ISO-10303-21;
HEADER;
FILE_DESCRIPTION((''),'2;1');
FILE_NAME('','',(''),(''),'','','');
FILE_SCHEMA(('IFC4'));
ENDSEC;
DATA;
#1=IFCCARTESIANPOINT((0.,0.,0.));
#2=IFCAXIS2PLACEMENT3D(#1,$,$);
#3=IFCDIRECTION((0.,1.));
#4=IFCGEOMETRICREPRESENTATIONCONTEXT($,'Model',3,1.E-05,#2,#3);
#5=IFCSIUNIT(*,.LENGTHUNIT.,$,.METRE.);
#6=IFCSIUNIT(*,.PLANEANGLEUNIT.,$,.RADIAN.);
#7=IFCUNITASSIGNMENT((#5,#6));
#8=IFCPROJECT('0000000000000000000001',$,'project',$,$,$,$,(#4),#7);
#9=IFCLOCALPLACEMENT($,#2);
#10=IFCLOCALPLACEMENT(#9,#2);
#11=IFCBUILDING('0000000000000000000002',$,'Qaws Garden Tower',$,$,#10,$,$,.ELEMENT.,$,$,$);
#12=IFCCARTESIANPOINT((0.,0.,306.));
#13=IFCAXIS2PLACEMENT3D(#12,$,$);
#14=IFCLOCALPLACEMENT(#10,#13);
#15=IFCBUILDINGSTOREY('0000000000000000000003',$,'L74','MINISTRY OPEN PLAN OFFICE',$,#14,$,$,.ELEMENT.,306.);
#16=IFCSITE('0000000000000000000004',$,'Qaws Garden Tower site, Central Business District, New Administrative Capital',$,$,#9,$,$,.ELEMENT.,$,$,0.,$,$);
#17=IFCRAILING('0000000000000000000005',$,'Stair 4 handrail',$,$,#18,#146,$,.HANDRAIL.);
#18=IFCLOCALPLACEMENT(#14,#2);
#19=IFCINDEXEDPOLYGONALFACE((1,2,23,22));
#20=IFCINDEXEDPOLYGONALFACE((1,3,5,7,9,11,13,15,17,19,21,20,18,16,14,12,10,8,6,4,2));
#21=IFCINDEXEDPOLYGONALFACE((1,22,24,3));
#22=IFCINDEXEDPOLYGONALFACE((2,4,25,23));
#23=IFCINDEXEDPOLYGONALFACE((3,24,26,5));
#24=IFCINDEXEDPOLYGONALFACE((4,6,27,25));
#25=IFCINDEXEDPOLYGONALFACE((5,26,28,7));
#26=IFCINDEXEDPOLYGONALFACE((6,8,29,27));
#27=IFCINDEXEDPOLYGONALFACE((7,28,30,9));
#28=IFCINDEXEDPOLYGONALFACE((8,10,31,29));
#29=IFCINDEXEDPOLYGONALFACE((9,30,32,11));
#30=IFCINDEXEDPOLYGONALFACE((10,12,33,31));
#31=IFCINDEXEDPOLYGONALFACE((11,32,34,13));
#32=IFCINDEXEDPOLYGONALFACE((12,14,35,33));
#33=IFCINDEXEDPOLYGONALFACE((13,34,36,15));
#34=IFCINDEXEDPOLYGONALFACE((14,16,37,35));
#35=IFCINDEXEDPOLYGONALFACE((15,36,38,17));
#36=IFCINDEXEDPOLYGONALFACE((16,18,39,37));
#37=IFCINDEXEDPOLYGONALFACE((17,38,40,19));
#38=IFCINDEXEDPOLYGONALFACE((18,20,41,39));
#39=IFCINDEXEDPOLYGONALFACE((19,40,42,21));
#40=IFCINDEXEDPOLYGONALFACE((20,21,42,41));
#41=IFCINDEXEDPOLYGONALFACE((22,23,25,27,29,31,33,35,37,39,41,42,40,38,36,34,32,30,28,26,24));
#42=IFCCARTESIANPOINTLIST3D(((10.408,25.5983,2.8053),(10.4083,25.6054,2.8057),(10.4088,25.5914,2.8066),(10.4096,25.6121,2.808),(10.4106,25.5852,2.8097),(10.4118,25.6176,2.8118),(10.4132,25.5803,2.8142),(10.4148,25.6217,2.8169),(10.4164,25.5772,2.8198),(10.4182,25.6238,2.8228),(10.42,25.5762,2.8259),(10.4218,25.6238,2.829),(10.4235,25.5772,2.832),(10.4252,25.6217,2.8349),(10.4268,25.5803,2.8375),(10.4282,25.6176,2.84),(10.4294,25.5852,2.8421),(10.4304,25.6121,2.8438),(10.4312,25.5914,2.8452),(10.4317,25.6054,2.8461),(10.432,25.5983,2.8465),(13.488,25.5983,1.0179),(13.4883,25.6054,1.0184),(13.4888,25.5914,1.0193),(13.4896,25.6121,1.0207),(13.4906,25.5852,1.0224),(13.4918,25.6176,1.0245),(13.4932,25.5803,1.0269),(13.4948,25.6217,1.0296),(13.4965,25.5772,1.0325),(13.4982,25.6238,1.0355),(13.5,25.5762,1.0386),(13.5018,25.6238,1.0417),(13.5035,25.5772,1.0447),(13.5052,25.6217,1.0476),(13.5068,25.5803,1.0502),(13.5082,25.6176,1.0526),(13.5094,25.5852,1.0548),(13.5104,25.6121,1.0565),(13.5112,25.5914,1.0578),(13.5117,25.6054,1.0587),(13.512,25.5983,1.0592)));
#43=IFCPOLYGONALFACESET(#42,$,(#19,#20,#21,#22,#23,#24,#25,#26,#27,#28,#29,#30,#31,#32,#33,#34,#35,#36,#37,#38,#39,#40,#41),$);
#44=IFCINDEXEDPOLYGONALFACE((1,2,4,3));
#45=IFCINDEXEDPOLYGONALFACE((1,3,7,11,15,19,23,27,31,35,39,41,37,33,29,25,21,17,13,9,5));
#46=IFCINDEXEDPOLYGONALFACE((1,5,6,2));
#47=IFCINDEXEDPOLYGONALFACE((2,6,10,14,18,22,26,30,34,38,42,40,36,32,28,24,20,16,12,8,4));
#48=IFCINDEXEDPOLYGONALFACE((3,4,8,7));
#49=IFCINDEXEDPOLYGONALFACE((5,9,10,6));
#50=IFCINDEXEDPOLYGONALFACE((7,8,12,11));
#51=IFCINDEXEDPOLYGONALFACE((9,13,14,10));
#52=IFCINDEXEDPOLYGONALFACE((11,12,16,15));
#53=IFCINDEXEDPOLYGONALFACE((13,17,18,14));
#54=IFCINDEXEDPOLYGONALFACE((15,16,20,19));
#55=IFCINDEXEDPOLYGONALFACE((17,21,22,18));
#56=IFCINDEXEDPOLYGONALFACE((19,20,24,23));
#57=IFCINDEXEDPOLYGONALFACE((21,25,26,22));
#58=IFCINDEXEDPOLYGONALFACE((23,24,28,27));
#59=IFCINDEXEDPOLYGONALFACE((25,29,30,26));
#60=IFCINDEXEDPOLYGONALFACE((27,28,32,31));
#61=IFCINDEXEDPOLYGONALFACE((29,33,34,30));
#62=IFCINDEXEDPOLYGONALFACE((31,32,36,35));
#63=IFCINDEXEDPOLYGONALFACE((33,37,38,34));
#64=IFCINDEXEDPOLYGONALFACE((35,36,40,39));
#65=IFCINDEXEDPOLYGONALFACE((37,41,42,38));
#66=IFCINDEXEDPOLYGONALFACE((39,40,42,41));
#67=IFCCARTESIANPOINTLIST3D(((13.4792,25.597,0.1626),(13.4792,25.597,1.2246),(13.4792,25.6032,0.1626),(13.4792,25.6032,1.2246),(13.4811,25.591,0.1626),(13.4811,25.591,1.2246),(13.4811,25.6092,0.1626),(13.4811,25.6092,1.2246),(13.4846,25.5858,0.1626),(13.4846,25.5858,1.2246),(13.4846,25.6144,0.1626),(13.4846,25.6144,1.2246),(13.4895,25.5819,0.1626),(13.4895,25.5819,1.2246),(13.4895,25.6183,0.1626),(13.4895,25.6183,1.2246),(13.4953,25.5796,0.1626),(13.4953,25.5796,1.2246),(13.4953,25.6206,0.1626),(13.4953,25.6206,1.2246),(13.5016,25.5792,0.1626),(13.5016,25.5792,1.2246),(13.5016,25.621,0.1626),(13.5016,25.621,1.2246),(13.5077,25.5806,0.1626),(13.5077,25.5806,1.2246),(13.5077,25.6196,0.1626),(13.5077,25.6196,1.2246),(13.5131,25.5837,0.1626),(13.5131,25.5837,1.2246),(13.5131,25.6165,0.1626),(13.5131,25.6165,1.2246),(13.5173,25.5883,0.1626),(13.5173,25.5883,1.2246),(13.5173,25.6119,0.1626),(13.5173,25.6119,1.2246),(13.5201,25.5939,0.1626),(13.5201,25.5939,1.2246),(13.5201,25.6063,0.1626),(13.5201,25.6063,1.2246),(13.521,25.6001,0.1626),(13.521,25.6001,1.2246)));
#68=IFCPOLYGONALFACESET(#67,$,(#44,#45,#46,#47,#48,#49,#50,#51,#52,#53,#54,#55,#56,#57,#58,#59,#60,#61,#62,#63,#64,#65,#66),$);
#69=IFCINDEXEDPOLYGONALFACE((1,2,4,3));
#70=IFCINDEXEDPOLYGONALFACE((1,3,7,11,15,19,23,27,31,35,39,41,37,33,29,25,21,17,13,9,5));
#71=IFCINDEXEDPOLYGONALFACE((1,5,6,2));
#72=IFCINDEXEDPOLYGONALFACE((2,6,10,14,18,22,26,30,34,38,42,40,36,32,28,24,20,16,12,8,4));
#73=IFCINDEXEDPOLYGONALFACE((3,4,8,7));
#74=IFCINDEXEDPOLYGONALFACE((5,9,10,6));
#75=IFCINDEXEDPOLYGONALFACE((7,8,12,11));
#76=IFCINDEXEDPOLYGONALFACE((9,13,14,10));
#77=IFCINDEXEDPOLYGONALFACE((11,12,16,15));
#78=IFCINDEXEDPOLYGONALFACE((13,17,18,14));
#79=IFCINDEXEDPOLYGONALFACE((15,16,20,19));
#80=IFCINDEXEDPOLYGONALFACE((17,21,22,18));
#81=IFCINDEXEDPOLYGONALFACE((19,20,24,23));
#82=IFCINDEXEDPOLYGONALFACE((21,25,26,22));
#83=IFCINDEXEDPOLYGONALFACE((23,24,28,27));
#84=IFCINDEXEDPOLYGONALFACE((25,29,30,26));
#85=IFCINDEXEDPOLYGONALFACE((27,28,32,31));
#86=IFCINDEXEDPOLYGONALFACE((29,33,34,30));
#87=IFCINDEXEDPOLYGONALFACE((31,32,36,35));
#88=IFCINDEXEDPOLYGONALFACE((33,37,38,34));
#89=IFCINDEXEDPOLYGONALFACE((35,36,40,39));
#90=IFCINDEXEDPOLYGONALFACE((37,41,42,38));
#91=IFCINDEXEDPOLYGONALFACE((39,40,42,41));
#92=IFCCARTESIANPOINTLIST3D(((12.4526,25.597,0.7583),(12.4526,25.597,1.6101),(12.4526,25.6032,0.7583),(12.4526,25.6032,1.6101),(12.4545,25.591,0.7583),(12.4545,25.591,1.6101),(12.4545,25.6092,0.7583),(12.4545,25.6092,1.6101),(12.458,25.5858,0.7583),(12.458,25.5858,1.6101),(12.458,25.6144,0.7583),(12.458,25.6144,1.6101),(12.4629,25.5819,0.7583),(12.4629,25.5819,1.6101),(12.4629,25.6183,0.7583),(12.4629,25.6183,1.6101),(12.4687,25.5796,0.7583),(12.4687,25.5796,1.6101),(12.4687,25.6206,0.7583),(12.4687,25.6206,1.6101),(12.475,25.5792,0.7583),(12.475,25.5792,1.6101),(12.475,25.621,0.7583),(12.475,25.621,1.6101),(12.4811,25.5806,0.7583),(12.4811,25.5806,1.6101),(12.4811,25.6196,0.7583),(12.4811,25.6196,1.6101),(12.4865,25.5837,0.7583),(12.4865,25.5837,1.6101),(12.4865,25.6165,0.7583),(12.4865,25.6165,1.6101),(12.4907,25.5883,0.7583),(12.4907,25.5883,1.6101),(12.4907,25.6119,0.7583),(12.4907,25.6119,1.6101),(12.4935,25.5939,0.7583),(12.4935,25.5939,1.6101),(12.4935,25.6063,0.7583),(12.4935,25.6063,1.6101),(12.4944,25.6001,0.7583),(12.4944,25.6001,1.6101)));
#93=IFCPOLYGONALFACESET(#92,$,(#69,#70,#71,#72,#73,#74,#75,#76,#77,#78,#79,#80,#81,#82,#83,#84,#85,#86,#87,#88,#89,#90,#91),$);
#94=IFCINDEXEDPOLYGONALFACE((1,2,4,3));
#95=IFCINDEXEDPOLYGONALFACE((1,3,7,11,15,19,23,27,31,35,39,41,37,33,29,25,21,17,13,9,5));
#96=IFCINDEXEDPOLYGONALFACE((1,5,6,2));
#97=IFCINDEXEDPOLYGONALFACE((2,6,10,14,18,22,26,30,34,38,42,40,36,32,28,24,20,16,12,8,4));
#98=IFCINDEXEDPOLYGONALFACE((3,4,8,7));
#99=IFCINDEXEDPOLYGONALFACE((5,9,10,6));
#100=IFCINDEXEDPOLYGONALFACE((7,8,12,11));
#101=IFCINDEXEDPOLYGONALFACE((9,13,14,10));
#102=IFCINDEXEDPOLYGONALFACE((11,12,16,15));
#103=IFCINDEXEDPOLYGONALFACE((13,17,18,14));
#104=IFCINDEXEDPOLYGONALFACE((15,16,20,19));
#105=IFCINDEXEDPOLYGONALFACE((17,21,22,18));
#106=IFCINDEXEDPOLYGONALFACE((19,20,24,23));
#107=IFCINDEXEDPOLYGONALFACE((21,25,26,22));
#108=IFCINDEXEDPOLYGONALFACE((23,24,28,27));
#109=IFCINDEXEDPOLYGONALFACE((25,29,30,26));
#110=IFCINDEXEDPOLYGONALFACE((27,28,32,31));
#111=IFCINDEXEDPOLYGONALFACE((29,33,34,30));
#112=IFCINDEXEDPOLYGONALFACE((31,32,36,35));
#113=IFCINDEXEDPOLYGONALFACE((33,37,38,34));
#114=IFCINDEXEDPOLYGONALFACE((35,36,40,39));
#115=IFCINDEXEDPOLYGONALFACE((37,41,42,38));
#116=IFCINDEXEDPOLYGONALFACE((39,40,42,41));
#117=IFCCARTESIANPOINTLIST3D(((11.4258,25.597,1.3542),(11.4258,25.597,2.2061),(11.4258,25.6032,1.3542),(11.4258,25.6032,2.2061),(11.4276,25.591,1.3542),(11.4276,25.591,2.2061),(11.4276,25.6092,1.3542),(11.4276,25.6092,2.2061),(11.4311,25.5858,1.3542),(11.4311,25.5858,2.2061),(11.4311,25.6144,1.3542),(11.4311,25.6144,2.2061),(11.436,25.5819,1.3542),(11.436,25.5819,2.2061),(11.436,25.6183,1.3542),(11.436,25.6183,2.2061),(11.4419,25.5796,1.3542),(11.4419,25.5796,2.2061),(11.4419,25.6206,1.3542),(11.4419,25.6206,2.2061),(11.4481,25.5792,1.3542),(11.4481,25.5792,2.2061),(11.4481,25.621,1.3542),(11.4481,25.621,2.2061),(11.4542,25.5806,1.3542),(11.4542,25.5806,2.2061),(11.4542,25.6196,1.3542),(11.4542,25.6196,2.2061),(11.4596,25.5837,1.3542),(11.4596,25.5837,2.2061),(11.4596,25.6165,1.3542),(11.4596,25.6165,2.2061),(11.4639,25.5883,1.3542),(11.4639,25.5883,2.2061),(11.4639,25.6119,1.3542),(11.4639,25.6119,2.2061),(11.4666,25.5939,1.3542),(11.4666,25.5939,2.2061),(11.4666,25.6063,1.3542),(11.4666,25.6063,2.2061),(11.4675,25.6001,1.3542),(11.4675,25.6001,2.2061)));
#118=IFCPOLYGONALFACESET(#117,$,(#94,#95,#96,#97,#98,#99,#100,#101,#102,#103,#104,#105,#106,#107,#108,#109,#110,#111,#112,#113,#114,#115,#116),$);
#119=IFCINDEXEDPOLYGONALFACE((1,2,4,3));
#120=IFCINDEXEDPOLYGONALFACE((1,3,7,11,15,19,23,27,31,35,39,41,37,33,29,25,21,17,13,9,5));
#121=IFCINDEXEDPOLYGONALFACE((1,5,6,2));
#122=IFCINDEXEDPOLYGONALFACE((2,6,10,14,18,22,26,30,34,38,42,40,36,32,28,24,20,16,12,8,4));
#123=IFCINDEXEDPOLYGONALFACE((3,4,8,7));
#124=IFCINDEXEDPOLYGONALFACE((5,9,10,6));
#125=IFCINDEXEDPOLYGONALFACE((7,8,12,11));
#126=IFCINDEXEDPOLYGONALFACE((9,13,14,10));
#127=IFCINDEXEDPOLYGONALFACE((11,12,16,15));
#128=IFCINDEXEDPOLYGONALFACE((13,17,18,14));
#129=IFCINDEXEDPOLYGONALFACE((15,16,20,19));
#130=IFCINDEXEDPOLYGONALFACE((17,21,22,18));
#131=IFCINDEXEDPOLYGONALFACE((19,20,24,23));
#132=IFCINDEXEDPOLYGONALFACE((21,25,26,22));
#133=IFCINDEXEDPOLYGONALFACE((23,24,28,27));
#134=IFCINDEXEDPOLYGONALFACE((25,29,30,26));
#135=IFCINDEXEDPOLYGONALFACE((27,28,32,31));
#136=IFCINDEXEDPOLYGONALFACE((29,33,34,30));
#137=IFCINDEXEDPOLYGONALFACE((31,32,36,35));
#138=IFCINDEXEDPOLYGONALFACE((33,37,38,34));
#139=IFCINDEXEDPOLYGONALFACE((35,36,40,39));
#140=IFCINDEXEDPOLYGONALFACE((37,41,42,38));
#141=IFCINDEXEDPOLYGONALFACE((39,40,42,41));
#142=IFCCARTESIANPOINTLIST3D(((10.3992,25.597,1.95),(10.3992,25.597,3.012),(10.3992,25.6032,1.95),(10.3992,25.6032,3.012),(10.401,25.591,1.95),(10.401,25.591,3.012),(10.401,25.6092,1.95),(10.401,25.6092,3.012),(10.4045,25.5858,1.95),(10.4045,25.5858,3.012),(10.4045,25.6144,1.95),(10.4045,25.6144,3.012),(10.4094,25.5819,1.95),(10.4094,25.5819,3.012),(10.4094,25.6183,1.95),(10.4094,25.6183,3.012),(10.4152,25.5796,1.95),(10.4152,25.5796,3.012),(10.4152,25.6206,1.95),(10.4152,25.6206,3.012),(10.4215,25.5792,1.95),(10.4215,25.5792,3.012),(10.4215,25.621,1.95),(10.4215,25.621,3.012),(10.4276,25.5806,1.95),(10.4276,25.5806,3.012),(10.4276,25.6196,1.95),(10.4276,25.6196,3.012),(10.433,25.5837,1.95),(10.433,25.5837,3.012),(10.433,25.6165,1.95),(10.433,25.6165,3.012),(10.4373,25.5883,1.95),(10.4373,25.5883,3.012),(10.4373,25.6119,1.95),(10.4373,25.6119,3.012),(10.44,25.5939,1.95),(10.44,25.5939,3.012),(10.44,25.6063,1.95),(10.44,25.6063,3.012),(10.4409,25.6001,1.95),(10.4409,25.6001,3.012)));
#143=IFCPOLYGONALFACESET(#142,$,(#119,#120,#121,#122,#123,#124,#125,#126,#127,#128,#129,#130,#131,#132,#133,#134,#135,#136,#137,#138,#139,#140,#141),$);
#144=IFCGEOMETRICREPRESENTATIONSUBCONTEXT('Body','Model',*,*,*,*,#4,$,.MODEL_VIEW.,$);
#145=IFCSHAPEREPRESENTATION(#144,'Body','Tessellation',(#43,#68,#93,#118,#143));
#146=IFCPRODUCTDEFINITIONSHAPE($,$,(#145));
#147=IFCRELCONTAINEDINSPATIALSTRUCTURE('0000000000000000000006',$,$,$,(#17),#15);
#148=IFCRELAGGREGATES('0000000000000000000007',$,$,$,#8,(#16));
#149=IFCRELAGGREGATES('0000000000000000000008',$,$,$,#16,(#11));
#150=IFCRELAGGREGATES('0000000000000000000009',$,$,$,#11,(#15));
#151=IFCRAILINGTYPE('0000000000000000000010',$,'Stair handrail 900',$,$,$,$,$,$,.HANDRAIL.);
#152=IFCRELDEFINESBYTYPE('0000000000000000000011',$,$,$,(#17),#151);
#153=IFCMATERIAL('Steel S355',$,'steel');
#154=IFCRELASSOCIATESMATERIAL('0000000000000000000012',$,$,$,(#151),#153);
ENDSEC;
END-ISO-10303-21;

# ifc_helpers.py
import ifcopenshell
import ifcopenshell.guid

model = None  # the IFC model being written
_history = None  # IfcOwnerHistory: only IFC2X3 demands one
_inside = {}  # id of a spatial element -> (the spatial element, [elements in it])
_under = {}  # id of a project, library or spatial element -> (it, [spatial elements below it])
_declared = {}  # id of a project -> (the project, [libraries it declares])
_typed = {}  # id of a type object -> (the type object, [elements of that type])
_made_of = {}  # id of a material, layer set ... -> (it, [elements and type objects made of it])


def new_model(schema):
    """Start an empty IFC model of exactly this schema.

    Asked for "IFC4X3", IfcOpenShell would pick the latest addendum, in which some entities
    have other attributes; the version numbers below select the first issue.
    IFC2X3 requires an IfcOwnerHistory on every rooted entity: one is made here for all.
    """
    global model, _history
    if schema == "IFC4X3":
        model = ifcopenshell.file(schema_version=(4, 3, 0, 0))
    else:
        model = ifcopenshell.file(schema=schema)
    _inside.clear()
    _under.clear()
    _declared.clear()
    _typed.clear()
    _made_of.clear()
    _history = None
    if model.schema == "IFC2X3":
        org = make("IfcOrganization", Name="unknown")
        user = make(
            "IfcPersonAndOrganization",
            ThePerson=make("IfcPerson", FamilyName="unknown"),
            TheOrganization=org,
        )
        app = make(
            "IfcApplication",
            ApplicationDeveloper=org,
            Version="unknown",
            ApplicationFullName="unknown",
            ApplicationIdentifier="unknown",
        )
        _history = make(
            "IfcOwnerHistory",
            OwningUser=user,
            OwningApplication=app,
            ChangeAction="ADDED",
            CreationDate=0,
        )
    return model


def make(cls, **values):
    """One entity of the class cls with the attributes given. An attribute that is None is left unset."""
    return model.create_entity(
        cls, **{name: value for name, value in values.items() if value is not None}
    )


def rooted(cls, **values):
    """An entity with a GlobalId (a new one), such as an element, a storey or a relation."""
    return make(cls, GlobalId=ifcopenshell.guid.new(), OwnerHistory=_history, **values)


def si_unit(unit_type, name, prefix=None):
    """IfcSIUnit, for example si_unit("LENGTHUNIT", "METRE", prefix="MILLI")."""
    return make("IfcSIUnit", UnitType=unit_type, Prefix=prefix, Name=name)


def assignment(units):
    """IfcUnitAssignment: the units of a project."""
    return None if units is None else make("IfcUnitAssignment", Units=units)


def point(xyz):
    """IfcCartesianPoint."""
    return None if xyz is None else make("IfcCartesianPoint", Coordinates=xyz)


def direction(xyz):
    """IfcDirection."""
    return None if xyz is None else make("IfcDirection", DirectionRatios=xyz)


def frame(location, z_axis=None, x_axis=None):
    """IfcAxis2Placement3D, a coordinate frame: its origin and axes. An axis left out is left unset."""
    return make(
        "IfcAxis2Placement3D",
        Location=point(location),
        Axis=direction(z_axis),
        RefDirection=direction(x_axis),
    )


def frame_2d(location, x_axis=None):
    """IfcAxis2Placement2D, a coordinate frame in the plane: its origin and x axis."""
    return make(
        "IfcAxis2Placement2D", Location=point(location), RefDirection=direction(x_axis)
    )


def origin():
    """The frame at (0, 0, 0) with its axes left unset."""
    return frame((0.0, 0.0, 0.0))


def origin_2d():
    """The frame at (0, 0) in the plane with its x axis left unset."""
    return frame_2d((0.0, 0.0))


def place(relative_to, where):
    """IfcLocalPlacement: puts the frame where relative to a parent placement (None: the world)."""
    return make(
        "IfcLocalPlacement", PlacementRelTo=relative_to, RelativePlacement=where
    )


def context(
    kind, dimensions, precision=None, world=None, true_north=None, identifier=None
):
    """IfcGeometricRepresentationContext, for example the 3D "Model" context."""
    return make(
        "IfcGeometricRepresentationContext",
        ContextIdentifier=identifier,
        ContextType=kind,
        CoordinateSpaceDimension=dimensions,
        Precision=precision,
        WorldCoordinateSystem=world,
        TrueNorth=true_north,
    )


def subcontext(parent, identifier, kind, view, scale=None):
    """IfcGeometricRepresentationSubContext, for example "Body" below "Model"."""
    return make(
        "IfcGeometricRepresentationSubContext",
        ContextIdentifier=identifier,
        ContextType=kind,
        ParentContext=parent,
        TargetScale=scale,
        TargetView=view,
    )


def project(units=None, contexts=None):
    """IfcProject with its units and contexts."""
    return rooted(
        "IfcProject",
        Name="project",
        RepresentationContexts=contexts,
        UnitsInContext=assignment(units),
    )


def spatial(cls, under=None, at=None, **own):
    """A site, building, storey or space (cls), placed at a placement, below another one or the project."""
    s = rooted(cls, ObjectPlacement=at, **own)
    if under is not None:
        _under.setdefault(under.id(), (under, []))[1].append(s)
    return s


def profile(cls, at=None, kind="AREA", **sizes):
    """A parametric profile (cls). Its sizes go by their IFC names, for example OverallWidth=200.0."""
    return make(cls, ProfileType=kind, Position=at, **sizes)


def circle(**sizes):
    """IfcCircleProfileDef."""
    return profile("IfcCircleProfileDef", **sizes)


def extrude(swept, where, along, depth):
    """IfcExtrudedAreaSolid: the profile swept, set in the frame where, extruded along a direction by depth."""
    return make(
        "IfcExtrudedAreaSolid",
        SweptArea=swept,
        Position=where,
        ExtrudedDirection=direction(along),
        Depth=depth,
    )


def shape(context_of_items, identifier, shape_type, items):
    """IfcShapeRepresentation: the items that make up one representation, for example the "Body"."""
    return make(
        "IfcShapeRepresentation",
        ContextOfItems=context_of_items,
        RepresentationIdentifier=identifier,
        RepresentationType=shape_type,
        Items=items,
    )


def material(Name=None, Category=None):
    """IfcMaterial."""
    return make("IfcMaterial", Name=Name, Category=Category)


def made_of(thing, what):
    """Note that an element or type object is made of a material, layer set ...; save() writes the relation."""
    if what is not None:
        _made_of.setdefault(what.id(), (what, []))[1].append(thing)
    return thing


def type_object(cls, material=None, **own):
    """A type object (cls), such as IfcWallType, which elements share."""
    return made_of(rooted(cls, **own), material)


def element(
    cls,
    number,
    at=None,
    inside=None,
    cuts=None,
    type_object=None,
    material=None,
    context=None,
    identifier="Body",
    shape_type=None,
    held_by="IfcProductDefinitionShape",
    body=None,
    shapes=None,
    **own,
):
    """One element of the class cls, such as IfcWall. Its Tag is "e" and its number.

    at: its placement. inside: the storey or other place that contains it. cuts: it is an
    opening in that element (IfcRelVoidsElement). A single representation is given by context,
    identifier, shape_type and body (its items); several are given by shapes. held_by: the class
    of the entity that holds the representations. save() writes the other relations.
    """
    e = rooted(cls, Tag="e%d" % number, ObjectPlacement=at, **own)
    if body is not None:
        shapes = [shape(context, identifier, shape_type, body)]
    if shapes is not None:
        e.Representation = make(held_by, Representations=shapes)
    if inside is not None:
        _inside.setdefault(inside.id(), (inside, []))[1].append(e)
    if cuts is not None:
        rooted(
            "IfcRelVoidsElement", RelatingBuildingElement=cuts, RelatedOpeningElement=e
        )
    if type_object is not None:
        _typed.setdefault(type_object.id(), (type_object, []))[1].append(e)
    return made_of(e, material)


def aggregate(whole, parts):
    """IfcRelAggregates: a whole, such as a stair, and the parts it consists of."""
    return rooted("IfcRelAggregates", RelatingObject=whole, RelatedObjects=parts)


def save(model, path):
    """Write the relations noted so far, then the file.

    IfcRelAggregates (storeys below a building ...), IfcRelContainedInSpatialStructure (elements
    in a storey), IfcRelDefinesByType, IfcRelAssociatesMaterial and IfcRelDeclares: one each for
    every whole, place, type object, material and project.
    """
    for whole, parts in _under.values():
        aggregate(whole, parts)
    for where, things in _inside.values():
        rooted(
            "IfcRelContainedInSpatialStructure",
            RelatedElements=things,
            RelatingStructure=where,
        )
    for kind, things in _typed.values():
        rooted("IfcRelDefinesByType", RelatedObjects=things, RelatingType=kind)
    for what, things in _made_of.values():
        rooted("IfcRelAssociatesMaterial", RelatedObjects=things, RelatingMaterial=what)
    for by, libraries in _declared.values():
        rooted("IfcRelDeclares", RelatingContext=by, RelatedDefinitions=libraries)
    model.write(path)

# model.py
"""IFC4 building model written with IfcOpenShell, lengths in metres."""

from ifc_helpers import new_model, si_unit, direction, frame, origin, origin_2d, place, context, subcontext, project, spatial, circle, extrude, material, type_object, element, save


model = new_model("IFC4")

# Units and contexts
model_context = context("Model", 3, precision=1e-05, world=origin(), true_north=direction((0.0, 1.0)))
body_context = subcontext(model_context, "Body", "Model", "MODEL_VIEW")
ifc_project = project(units=[si_unit("LENGTHUNIT", "METRE"), si_unit("PLANEANGLEUNIT", "RADIAN")], contexts=[model_context])

# Site, building, storey
site_placement = place(None, origin())
site = spatial("IfcSite", under=ifc_project, at=site_placement, Name="Qaws Garden Tower site, Central Business District, New Administrative Capital", CompositionType="ELEMENT", RefElevation=0.0)
building_placement = place(site_placement, origin())
building = spatial("IfcBuilding", under=site, at=building_placement, Name="Qaws Garden Tower", CompositionType="ELEMENT")
storey_placement = place(building_placement, frame((0.0, 0.0, 306.0)))
storey = spatial("IfcBuildingStorey", under=building, at=storey_placement, Name="L74", Description="MINISTRY OPEN PLAN OFFICE", CompositionType="ELEMENT", Elevation=306.0)

# Railing
ifc_material_1 = material(Name="Steel S355", Category="steel")
railing_type = type_object("IfcRailingType", Name="Stair handrail 900", PredefinedType="HANDRAIL", material=ifc_material_1)
railing_1_placement = place(storey_placement, frame((13.5, 25.6001, 0.1626)))
element("IfcRailing", 1, at=railing_1_placement, inside=storey, type_object=railing_type, Name="Stair 4 handrail", PredefinedType="HANDRAIL", context=body_context, shape_type="SweptSolid", body=[
    extrude(circle(Radius=0.0239, at=origin_2d()), frame((0.0, 0.0, 0.876), z_axis=(-0.86492, 0.0, 0.501909), x_axis=(0.0, -1.0, 0.0)), (0.0, 0.0, 1.0), 3.561),
    extrude(circle(Radius=0.021, at=origin_2d()), origin(), (0.0, 0.0, 1.0), 1.062),
    extrude(circle(Radius=0.021, at=origin_2d()), frame((-1.0266, 0.0, 0.5957)), (0.0, 0.0, 1.0), 0.8518),
    extrude(circle(Radius=0.021, at=origin_2d()), frame((-2.0535, 0.0, 1.1917)), (0.0, 0.0, 1.0), 0.8518),
    extrude(circle(Radius=0.021, at=origin_2d()), frame((-3.0801, 0.0, 1.7874)), (0.0, 0.0, 1.0), 1.062),
])

save(model, "model.ifc")
